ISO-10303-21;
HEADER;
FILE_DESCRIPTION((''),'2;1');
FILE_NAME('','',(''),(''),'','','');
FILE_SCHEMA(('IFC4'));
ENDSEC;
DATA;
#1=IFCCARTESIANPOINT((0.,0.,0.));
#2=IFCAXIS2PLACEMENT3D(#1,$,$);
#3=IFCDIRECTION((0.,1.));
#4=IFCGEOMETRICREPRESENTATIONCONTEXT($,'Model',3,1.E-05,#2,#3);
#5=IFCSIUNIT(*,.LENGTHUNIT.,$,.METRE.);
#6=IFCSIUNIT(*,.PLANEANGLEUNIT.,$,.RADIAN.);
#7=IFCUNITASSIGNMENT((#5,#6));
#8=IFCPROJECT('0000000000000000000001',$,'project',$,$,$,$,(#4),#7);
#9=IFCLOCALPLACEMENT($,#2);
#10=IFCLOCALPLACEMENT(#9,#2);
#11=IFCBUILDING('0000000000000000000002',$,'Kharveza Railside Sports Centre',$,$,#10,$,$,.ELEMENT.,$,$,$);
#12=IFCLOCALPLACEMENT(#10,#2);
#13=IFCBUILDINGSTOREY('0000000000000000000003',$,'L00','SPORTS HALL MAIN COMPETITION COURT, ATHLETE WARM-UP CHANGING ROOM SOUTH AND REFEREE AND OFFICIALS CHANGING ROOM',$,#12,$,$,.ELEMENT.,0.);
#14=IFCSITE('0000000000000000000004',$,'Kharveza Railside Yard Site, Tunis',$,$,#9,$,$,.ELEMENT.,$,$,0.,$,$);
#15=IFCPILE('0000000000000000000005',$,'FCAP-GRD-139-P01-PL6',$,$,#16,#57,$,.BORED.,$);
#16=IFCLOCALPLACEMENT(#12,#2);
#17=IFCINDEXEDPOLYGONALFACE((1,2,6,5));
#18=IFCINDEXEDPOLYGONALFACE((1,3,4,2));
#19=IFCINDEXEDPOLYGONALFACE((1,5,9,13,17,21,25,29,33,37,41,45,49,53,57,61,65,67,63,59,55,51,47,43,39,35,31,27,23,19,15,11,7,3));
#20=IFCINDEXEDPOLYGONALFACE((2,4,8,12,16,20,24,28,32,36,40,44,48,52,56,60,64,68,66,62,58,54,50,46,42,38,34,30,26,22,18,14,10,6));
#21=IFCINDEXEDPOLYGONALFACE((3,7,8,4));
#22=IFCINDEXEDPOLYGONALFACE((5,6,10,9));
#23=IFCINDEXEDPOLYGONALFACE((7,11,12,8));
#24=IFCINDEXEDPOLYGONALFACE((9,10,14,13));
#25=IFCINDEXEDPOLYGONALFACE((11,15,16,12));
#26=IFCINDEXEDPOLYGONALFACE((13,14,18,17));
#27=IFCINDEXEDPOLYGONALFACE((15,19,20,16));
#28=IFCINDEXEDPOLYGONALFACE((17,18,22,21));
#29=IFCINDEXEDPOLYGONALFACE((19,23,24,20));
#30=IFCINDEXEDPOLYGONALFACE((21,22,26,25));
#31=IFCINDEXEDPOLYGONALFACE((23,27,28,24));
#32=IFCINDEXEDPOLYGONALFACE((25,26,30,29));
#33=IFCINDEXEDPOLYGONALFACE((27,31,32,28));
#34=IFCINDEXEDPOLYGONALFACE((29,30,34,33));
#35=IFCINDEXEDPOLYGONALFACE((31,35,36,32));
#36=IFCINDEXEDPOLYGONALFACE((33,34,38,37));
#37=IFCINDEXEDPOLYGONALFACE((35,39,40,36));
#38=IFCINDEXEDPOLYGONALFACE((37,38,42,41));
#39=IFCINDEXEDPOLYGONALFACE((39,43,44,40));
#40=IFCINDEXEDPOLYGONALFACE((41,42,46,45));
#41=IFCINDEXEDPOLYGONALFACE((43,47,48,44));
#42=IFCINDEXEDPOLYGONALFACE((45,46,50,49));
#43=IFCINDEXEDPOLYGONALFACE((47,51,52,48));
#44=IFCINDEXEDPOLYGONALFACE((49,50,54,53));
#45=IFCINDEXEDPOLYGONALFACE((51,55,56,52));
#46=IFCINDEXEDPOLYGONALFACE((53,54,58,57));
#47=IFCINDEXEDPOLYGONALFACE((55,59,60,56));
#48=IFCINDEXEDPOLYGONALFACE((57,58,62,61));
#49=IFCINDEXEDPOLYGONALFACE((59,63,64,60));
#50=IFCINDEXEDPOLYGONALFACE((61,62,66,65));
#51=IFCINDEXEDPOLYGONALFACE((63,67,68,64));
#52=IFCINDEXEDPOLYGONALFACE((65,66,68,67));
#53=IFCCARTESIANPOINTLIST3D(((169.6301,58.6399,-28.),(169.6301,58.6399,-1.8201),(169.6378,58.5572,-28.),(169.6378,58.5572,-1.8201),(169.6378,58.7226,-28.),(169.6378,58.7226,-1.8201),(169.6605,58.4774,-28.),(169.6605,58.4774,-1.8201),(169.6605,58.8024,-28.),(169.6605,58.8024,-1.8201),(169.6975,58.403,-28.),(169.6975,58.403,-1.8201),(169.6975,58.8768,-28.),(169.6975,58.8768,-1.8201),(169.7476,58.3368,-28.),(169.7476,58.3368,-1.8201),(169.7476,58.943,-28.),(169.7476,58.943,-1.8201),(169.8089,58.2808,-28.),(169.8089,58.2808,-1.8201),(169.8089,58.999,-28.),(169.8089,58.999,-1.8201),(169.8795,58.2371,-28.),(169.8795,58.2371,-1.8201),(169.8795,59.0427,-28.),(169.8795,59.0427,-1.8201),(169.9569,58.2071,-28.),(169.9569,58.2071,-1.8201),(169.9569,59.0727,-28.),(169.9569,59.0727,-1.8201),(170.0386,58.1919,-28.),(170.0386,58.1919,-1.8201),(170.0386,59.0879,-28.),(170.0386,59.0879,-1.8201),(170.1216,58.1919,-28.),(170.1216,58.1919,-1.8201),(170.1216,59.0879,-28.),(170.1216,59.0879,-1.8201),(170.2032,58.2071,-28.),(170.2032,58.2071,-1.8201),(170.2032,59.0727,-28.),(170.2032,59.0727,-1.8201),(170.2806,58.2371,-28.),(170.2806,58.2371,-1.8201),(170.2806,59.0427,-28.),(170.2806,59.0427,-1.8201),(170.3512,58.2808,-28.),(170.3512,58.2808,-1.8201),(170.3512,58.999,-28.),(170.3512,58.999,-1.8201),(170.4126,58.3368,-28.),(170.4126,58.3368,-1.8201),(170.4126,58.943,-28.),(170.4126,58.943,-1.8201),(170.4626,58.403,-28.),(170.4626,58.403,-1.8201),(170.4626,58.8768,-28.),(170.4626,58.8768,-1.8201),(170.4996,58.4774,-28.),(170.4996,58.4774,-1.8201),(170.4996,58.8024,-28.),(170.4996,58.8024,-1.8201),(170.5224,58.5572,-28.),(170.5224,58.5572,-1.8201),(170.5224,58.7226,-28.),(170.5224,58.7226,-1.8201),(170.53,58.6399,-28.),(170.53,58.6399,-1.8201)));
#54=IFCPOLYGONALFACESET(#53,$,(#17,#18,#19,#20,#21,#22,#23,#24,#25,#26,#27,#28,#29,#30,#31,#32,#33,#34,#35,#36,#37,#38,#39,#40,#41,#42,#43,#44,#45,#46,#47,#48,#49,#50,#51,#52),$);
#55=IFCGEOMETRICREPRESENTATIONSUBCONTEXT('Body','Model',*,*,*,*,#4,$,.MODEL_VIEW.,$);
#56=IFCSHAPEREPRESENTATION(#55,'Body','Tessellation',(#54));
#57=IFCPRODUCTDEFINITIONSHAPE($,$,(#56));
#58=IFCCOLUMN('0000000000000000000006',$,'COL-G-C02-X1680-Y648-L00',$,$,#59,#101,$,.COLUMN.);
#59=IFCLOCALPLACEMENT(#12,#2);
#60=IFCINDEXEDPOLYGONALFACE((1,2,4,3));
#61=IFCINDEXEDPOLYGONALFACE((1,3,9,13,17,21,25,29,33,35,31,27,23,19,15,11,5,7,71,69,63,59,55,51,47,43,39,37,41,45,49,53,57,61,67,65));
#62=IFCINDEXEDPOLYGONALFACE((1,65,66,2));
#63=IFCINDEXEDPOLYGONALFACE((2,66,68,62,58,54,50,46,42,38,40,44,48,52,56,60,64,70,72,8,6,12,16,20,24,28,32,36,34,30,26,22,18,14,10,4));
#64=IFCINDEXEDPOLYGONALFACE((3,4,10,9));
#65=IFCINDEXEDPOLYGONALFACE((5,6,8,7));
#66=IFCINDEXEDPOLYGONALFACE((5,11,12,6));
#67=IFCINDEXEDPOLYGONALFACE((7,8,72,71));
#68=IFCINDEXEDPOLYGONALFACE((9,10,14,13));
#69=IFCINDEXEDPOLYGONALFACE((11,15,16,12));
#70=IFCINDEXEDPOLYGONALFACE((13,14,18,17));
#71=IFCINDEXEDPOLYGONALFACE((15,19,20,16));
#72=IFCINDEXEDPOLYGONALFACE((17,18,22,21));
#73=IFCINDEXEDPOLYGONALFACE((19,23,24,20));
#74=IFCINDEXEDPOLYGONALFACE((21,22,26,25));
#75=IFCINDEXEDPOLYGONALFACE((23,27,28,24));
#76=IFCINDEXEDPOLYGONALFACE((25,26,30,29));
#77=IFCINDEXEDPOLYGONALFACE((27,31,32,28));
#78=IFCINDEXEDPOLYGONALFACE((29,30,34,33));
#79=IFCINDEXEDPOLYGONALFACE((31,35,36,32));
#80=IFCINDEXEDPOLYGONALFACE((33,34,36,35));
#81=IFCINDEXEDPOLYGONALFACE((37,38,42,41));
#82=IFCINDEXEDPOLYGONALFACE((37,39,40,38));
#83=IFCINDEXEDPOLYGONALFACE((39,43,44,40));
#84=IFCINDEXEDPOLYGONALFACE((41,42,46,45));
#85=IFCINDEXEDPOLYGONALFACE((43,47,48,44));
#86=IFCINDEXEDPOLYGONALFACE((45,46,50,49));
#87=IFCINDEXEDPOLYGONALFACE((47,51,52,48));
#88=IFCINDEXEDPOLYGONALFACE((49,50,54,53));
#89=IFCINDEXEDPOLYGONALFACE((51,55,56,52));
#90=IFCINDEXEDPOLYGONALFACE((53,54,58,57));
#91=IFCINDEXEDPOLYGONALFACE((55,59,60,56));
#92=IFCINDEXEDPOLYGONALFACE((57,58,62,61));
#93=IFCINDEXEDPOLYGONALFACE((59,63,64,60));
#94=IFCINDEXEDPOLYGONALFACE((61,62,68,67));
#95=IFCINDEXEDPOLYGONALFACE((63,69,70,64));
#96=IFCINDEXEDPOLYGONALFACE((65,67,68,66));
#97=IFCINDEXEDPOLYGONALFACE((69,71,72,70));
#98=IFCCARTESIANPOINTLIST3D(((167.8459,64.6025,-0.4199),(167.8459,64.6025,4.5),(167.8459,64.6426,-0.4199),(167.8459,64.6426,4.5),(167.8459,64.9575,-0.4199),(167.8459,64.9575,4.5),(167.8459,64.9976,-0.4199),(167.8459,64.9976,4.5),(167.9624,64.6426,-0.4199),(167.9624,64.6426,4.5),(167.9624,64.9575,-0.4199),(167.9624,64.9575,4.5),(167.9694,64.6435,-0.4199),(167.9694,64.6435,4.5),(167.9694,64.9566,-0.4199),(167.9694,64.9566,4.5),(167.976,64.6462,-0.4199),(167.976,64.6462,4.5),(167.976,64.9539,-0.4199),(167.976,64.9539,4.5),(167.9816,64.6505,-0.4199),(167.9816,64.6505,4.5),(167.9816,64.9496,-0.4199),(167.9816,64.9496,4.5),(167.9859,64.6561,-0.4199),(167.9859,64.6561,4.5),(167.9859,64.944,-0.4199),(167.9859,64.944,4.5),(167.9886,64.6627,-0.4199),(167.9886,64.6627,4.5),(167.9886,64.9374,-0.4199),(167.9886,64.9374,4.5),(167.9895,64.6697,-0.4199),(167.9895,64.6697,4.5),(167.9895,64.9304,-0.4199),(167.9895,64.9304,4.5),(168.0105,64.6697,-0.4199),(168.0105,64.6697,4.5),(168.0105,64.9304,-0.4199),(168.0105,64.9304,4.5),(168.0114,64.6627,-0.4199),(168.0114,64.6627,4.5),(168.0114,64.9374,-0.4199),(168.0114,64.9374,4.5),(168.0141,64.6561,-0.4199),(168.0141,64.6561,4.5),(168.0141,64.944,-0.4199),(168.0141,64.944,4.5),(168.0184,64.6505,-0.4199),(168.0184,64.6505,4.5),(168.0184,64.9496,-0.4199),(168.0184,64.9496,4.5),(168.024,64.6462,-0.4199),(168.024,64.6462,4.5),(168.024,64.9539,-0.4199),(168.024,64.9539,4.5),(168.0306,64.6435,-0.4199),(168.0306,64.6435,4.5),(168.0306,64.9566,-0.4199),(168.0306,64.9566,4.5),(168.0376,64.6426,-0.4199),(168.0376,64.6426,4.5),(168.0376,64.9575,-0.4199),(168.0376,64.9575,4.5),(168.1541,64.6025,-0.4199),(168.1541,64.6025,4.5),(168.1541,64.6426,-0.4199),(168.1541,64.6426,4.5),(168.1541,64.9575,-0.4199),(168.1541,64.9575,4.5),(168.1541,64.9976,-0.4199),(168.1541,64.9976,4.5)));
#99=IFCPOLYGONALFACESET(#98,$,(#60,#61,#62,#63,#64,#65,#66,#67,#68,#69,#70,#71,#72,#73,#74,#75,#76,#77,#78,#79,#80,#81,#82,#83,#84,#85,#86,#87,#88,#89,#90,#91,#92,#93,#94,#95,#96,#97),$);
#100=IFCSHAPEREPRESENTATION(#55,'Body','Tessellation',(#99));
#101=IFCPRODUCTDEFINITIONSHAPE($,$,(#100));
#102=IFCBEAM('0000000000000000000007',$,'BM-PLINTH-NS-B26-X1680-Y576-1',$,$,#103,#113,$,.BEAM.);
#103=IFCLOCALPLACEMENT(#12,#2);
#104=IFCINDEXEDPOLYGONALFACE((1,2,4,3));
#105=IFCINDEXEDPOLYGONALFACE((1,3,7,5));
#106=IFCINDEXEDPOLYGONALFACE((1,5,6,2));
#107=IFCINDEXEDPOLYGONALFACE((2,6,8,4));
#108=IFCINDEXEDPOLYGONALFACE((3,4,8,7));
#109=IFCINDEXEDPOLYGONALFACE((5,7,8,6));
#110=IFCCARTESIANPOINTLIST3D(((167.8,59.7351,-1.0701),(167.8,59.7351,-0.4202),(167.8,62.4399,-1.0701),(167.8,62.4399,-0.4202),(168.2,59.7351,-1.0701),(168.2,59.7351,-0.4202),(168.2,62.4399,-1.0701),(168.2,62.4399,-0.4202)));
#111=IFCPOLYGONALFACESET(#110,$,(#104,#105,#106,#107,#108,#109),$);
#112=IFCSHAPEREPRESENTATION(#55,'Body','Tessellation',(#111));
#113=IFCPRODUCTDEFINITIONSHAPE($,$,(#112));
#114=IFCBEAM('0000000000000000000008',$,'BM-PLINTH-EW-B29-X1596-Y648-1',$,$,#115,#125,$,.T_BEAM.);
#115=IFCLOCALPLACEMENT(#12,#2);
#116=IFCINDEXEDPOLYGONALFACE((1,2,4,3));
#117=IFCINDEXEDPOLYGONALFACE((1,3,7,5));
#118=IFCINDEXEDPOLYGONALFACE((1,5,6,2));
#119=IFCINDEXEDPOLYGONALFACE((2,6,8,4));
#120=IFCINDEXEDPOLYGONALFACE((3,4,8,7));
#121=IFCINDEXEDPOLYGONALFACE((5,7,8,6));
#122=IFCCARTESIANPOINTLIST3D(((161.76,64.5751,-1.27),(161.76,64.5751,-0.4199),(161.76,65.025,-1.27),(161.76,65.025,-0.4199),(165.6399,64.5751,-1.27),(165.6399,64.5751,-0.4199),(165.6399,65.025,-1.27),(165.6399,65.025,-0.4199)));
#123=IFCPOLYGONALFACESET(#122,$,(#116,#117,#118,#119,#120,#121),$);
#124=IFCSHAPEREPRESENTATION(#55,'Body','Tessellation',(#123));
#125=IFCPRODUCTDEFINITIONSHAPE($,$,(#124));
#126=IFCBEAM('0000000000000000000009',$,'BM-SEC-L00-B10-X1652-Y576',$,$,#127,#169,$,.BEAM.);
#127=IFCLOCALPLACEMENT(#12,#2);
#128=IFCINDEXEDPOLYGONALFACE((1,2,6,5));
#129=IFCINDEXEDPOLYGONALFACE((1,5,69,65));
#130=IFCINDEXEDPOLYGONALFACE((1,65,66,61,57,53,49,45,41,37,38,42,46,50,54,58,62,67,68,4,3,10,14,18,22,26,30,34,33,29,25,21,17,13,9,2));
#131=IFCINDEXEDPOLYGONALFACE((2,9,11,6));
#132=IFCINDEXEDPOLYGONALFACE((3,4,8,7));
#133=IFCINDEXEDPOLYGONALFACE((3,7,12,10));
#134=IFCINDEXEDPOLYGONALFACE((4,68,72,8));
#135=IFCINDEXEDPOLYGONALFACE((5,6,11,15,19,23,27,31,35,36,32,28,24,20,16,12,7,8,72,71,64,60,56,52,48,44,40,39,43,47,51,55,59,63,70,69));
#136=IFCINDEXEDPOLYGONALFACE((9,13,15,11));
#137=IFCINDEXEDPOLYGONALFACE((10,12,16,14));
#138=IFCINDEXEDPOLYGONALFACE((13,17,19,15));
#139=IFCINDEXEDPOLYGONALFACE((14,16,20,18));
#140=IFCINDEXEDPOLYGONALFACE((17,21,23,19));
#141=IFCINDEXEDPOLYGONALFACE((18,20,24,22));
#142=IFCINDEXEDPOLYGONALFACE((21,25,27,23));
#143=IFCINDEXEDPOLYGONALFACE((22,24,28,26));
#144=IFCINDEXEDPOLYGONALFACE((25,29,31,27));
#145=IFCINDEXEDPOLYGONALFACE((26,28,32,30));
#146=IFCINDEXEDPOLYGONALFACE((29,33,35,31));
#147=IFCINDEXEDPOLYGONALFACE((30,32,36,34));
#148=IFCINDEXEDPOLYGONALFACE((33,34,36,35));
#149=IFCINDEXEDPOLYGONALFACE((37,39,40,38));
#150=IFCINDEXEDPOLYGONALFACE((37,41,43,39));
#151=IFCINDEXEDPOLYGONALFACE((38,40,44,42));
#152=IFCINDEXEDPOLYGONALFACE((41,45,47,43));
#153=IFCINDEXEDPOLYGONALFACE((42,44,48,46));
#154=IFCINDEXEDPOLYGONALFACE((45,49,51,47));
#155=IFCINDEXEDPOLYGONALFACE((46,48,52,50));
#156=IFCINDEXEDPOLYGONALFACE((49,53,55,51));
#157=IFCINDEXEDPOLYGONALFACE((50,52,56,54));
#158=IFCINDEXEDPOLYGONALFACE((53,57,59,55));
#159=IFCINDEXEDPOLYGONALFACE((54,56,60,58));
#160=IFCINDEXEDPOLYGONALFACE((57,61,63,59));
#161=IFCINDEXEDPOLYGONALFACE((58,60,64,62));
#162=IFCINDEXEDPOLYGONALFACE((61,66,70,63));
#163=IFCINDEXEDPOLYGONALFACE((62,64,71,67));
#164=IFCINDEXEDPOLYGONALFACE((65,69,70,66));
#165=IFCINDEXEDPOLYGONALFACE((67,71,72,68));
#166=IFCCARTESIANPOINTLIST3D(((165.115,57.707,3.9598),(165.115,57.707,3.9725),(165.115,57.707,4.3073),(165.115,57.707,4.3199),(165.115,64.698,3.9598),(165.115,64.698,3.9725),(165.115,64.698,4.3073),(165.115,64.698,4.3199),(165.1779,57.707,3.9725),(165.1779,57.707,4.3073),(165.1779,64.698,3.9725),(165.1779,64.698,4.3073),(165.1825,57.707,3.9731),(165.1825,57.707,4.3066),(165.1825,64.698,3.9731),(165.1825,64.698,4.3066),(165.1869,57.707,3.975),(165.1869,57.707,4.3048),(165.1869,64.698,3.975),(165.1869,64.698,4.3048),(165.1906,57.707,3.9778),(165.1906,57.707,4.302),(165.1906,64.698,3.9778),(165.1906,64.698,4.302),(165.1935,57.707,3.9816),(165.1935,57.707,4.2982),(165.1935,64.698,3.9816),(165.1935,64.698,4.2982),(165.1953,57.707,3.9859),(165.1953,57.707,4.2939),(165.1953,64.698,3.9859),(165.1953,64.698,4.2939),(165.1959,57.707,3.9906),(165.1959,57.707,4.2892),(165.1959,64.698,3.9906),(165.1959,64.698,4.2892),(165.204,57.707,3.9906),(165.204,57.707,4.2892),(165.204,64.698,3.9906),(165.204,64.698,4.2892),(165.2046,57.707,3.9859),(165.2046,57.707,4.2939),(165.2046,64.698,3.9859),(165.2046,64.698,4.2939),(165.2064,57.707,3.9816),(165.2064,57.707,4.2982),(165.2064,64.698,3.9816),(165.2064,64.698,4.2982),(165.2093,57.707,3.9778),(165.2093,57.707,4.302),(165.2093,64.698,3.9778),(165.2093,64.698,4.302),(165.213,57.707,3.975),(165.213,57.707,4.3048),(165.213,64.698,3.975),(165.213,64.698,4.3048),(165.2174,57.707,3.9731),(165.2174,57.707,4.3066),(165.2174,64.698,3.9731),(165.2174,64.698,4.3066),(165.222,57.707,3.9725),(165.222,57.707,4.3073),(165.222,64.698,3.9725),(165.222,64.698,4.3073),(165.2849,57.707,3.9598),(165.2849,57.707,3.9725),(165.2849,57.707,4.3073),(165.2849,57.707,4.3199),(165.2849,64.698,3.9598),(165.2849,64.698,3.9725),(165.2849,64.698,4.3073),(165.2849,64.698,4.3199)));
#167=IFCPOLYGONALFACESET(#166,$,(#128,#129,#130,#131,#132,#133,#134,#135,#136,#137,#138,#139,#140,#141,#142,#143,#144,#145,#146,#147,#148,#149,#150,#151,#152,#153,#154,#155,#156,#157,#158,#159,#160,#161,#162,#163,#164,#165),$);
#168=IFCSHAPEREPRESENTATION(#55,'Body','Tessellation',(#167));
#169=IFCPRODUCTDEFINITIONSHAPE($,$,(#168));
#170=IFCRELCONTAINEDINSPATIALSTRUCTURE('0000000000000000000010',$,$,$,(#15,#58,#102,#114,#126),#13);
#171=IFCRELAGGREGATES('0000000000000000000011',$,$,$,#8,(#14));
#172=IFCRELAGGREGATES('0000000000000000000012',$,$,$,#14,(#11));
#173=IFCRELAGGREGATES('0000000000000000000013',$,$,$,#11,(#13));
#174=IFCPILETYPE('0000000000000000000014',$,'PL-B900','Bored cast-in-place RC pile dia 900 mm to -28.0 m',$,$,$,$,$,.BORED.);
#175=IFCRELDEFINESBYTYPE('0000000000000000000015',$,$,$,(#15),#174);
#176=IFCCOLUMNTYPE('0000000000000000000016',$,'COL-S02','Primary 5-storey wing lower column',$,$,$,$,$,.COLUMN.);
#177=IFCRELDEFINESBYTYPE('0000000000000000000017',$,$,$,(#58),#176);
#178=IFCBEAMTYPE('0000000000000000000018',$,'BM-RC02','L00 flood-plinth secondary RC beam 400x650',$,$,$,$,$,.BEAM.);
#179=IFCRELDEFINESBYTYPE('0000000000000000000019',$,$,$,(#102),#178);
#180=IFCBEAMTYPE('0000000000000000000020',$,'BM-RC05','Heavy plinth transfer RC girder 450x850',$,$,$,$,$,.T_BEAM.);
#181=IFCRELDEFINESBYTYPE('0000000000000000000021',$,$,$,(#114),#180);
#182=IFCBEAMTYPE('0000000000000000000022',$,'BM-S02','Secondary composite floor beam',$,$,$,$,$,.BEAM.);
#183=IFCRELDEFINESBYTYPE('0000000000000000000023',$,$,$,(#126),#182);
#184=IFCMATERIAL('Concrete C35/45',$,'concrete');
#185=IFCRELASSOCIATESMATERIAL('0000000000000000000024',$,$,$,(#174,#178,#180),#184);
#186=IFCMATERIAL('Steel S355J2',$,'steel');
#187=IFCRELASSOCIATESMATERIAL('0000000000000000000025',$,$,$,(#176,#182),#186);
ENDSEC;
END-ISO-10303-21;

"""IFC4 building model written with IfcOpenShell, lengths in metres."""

from ifc_helpers import new_model, si_unit, direction, frame, origin, origin_2d, place, context, subcontext, project, spatial, rectangle, circle, i_section, extrude, material, material_profile, profile_set, type_object, element, save


model = new_model("IFC4")

# Units and contexts
model_context = context("Model", 3, precision=1e-05, world=origin(), true_north=direction((0.0, 1.0)))
body_context = subcontext(model_context, "Body", "Model", "MODEL_VIEW")
ifc_project = project(units=[si_unit("LENGTHUNIT", "METRE"), si_unit("PLANEANGLEUNIT", "RADIAN")], contexts=[model_context])

# Site, building, storey
site_placement = place(None, origin())
site = spatial("IfcSite", under=ifc_project, at=site_placement, Name="Kharveza Railside Yard Site, Tunis", CompositionType="ELEMENT", RefElevation=0.0)
building_placement = place(site_placement, origin())
building = spatial("IfcBuilding", under=site, at=building_placement, Name="Kharveza Railside Sports Centre", CompositionType="ELEMENT")
storey_placement = place(building_placement, origin())
storey = spatial("IfcBuildingStorey", under=building, at=storey_placement, Name="L00", Description="SPORTS HALL MAIN COMPETITION COURT, ATHLETE WARM-UP CHANGING ROOM SOUTH AND REFEREE AND OFFICIALS CHANGING ROOM", CompositionType="ELEMENT", Elevation=0.0)

# Shared definitions
ifc_material_1 = material(Name="Concrete C35/45", Category="concrete")

# Pile
ifc_material_profile_1 = material_profile(ifc_material_1, circle(Radius=0.45, at=origin_2d()), Name="PILE D900")
ifc_profile_set_1 = profile_set([ifc_material_profile_1], Name="Concrete C35/45")
pile_type_1 = type_object("IfcPileType", Name="PL-B900", Description="Bored cast-in-place RC pile dia 900 mm to -28.0 m", PredefinedType="BORED", material=ifc_profile_set_1)
for number, where, z_axis, x_axis, name in (
    (1, (170.0801, 58.6399, -1.8201), (0.0, 0.0, -1.0), (1.0, 0.0, 0.0), "FCAP-GRD-139-P01-PL6"),
):
    element("IfcPile", number, at=place(storey_placement, frame(where, z_axis=z_axis, x_axis=x_axis)), inside=storey, type_object=pile_type_1, Name=name, PredefinedType="BORED", context=body_context, shape_type="SweptSolid", body=[
        extrude(circle(Radius=0.45, at=origin_2d()), origin(), (0.0, 0.0, 1.0), 26.1799),
    ])

# Column
ifc_material_2 = material(Name="Steel S355J2", Category="steel")
ifc_material_profile_2 = material_profile(ifc_material_2, i_section(OverallWidth=0.3081, OverallDepth=0.395, WebThickness=0.021, FlangeThickness=0.04, FilletRadius=0.0271, at=origin_2d()), Name="HEM 360")
ifc_profile_set_2 = profile_set([ifc_material_profile_2], Name="Steel S355J2")
column_type = type_object("IfcColumnType", Name="COL-S02", Description="Primary 5-storey wing lower column", PredefinedType="COLUMN", material=ifc_profile_set_2)
column_placement = place(storey_placement, frame((168.0, 64.8, -0.4199), z_axis=(0.0, 0.0, 1.0), x_axis=(1.0, 0.0, 0.0)))
element("IfcColumn", 2, at=column_placement, inside=storey, type_object=column_type, Name="COL-G-C02-X1680-Y648-L00", PredefinedType="COLUMN", context=body_context, shape_type="SweptSolid", body=[
    extrude(i_section(OverallWidth=0.3081, OverallDepth=0.395, WebThickness=0.021, FlangeThickness=0.04, FilletRadius=0.0271, at=origin_2d()), origin(), (0.0, 0.0, 1.0), 4.9199),
])

# Beams
ifc_material_profile_3 = material_profile(ifc_material_1, rectangle(XDim=0.3999, YDim=0.6499, at=origin_2d()), Name="RCB 400x650")
ifc_profile_set_3 = profile_set([ifc_material_profile_3], Name="Concrete C35/45")
beam_type_1 = type_object("IfcBeamType", Name="BM-RC02", Description="L00 flood-plinth secondary RC beam 400x650", PredefinedType="BEAM", material=ifc_profile_set_3)
beam_1_placement = place(storey_placement, frame((168.0, 59.7351, -0.7451), z_axis=(0.0, 1.0, 0.0), x_axis=(-1.0, 0.0, 0.0)))
element("IfcBeam", 3, at=beam_1_placement, inside=storey, type_object=beam_type_1, Name="BM-PLINTH-NS-B26-X1680-Y576-1", PredefinedType="BEAM", context=body_context, shape_type="SweptSolid", body=[
    extrude(rectangle(XDim=0.3999, YDim=0.6499, at=origin_2d()), origin(), (0.0, 0.0, 1.0), 2.7048),
])
ifc_material_profile_4 = material_profile(ifc_material_1, rectangle(XDim=0.45, YDim=0.8501, at=origin_2d()), Name="RCB 450x850")
ifc_profile_set_4 = profile_set([ifc_material_profile_4], Name="Concrete C35/45")
beam_type_2 = type_object("IfcBeamType", Name="BM-RC05", Description="Heavy plinth transfer RC girder 450x850", PredefinedType="T_BEAM", material=ifc_profile_set_4)
beam_2_placement = place(storey_placement, frame((161.76, 64.8, -0.845), z_axis=(1.0, 0.0, 0.0), x_axis=(0.0, 1.0, 0.0)))
element("IfcBeam", 4, at=beam_2_placement, inside=storey, type_object=beam_type_2, Name="BM-PLINTH-EW-B29-X1596-Y648-1", PredefinedType="T_BEAM", context=body_context, shape_type="SweptSolid", body=[
    extrude(rectangle(XDim=0.45, YDim=0.8501, at=origin_2d()), origin(), (0.0, 0.0, 1.0), 3.8799),
])
ifc_material_profile_5 = material_profile(ifc_material_2, i_section(OverallWidth=0.1699, OverallDepth=0.3601, WebThickness=0.0081, FlangeThickness=0.0127, FilletRadius=0.0181, at=origin_2d()), Name="IPE 360")
ifc_profile_set_5 = profile_set([ifc_material_profile_5], Name="Steel S355J2")
beam_type_3 = type_object("IfcBeamType", Name="BM-S02", Description="Secondary composite floor beam", PredefinedType="BEAM", material=ifc_profile_set_5)
beam_3_placement = place(storey_placement, frame((165.2, 57.707, 4.1399), z_axis=(0.0, 1.0, 0.0), x_axis=(-1.0, 0.0, 0.0)))
element("IfcBeam", 5, at=beam_3_placement, inside=storey, type_object=beam_type_3, Name="BM-SEC-L00-B10-X1652-Y576", PredefinedType="BEAM", context=body_context, shape_type="SweptSolid", body=[
    extrude(i_section(OverallWidth=0.1699, OverallDepth=0.3601, WebThickness=0.0081, FlangeThickness=0.0127, FilletRadius=0.0181, at=origin_2d()), origin(), (0.0, 0.0, 1.0), 6.991),
])

save(model, "model.ifc")
